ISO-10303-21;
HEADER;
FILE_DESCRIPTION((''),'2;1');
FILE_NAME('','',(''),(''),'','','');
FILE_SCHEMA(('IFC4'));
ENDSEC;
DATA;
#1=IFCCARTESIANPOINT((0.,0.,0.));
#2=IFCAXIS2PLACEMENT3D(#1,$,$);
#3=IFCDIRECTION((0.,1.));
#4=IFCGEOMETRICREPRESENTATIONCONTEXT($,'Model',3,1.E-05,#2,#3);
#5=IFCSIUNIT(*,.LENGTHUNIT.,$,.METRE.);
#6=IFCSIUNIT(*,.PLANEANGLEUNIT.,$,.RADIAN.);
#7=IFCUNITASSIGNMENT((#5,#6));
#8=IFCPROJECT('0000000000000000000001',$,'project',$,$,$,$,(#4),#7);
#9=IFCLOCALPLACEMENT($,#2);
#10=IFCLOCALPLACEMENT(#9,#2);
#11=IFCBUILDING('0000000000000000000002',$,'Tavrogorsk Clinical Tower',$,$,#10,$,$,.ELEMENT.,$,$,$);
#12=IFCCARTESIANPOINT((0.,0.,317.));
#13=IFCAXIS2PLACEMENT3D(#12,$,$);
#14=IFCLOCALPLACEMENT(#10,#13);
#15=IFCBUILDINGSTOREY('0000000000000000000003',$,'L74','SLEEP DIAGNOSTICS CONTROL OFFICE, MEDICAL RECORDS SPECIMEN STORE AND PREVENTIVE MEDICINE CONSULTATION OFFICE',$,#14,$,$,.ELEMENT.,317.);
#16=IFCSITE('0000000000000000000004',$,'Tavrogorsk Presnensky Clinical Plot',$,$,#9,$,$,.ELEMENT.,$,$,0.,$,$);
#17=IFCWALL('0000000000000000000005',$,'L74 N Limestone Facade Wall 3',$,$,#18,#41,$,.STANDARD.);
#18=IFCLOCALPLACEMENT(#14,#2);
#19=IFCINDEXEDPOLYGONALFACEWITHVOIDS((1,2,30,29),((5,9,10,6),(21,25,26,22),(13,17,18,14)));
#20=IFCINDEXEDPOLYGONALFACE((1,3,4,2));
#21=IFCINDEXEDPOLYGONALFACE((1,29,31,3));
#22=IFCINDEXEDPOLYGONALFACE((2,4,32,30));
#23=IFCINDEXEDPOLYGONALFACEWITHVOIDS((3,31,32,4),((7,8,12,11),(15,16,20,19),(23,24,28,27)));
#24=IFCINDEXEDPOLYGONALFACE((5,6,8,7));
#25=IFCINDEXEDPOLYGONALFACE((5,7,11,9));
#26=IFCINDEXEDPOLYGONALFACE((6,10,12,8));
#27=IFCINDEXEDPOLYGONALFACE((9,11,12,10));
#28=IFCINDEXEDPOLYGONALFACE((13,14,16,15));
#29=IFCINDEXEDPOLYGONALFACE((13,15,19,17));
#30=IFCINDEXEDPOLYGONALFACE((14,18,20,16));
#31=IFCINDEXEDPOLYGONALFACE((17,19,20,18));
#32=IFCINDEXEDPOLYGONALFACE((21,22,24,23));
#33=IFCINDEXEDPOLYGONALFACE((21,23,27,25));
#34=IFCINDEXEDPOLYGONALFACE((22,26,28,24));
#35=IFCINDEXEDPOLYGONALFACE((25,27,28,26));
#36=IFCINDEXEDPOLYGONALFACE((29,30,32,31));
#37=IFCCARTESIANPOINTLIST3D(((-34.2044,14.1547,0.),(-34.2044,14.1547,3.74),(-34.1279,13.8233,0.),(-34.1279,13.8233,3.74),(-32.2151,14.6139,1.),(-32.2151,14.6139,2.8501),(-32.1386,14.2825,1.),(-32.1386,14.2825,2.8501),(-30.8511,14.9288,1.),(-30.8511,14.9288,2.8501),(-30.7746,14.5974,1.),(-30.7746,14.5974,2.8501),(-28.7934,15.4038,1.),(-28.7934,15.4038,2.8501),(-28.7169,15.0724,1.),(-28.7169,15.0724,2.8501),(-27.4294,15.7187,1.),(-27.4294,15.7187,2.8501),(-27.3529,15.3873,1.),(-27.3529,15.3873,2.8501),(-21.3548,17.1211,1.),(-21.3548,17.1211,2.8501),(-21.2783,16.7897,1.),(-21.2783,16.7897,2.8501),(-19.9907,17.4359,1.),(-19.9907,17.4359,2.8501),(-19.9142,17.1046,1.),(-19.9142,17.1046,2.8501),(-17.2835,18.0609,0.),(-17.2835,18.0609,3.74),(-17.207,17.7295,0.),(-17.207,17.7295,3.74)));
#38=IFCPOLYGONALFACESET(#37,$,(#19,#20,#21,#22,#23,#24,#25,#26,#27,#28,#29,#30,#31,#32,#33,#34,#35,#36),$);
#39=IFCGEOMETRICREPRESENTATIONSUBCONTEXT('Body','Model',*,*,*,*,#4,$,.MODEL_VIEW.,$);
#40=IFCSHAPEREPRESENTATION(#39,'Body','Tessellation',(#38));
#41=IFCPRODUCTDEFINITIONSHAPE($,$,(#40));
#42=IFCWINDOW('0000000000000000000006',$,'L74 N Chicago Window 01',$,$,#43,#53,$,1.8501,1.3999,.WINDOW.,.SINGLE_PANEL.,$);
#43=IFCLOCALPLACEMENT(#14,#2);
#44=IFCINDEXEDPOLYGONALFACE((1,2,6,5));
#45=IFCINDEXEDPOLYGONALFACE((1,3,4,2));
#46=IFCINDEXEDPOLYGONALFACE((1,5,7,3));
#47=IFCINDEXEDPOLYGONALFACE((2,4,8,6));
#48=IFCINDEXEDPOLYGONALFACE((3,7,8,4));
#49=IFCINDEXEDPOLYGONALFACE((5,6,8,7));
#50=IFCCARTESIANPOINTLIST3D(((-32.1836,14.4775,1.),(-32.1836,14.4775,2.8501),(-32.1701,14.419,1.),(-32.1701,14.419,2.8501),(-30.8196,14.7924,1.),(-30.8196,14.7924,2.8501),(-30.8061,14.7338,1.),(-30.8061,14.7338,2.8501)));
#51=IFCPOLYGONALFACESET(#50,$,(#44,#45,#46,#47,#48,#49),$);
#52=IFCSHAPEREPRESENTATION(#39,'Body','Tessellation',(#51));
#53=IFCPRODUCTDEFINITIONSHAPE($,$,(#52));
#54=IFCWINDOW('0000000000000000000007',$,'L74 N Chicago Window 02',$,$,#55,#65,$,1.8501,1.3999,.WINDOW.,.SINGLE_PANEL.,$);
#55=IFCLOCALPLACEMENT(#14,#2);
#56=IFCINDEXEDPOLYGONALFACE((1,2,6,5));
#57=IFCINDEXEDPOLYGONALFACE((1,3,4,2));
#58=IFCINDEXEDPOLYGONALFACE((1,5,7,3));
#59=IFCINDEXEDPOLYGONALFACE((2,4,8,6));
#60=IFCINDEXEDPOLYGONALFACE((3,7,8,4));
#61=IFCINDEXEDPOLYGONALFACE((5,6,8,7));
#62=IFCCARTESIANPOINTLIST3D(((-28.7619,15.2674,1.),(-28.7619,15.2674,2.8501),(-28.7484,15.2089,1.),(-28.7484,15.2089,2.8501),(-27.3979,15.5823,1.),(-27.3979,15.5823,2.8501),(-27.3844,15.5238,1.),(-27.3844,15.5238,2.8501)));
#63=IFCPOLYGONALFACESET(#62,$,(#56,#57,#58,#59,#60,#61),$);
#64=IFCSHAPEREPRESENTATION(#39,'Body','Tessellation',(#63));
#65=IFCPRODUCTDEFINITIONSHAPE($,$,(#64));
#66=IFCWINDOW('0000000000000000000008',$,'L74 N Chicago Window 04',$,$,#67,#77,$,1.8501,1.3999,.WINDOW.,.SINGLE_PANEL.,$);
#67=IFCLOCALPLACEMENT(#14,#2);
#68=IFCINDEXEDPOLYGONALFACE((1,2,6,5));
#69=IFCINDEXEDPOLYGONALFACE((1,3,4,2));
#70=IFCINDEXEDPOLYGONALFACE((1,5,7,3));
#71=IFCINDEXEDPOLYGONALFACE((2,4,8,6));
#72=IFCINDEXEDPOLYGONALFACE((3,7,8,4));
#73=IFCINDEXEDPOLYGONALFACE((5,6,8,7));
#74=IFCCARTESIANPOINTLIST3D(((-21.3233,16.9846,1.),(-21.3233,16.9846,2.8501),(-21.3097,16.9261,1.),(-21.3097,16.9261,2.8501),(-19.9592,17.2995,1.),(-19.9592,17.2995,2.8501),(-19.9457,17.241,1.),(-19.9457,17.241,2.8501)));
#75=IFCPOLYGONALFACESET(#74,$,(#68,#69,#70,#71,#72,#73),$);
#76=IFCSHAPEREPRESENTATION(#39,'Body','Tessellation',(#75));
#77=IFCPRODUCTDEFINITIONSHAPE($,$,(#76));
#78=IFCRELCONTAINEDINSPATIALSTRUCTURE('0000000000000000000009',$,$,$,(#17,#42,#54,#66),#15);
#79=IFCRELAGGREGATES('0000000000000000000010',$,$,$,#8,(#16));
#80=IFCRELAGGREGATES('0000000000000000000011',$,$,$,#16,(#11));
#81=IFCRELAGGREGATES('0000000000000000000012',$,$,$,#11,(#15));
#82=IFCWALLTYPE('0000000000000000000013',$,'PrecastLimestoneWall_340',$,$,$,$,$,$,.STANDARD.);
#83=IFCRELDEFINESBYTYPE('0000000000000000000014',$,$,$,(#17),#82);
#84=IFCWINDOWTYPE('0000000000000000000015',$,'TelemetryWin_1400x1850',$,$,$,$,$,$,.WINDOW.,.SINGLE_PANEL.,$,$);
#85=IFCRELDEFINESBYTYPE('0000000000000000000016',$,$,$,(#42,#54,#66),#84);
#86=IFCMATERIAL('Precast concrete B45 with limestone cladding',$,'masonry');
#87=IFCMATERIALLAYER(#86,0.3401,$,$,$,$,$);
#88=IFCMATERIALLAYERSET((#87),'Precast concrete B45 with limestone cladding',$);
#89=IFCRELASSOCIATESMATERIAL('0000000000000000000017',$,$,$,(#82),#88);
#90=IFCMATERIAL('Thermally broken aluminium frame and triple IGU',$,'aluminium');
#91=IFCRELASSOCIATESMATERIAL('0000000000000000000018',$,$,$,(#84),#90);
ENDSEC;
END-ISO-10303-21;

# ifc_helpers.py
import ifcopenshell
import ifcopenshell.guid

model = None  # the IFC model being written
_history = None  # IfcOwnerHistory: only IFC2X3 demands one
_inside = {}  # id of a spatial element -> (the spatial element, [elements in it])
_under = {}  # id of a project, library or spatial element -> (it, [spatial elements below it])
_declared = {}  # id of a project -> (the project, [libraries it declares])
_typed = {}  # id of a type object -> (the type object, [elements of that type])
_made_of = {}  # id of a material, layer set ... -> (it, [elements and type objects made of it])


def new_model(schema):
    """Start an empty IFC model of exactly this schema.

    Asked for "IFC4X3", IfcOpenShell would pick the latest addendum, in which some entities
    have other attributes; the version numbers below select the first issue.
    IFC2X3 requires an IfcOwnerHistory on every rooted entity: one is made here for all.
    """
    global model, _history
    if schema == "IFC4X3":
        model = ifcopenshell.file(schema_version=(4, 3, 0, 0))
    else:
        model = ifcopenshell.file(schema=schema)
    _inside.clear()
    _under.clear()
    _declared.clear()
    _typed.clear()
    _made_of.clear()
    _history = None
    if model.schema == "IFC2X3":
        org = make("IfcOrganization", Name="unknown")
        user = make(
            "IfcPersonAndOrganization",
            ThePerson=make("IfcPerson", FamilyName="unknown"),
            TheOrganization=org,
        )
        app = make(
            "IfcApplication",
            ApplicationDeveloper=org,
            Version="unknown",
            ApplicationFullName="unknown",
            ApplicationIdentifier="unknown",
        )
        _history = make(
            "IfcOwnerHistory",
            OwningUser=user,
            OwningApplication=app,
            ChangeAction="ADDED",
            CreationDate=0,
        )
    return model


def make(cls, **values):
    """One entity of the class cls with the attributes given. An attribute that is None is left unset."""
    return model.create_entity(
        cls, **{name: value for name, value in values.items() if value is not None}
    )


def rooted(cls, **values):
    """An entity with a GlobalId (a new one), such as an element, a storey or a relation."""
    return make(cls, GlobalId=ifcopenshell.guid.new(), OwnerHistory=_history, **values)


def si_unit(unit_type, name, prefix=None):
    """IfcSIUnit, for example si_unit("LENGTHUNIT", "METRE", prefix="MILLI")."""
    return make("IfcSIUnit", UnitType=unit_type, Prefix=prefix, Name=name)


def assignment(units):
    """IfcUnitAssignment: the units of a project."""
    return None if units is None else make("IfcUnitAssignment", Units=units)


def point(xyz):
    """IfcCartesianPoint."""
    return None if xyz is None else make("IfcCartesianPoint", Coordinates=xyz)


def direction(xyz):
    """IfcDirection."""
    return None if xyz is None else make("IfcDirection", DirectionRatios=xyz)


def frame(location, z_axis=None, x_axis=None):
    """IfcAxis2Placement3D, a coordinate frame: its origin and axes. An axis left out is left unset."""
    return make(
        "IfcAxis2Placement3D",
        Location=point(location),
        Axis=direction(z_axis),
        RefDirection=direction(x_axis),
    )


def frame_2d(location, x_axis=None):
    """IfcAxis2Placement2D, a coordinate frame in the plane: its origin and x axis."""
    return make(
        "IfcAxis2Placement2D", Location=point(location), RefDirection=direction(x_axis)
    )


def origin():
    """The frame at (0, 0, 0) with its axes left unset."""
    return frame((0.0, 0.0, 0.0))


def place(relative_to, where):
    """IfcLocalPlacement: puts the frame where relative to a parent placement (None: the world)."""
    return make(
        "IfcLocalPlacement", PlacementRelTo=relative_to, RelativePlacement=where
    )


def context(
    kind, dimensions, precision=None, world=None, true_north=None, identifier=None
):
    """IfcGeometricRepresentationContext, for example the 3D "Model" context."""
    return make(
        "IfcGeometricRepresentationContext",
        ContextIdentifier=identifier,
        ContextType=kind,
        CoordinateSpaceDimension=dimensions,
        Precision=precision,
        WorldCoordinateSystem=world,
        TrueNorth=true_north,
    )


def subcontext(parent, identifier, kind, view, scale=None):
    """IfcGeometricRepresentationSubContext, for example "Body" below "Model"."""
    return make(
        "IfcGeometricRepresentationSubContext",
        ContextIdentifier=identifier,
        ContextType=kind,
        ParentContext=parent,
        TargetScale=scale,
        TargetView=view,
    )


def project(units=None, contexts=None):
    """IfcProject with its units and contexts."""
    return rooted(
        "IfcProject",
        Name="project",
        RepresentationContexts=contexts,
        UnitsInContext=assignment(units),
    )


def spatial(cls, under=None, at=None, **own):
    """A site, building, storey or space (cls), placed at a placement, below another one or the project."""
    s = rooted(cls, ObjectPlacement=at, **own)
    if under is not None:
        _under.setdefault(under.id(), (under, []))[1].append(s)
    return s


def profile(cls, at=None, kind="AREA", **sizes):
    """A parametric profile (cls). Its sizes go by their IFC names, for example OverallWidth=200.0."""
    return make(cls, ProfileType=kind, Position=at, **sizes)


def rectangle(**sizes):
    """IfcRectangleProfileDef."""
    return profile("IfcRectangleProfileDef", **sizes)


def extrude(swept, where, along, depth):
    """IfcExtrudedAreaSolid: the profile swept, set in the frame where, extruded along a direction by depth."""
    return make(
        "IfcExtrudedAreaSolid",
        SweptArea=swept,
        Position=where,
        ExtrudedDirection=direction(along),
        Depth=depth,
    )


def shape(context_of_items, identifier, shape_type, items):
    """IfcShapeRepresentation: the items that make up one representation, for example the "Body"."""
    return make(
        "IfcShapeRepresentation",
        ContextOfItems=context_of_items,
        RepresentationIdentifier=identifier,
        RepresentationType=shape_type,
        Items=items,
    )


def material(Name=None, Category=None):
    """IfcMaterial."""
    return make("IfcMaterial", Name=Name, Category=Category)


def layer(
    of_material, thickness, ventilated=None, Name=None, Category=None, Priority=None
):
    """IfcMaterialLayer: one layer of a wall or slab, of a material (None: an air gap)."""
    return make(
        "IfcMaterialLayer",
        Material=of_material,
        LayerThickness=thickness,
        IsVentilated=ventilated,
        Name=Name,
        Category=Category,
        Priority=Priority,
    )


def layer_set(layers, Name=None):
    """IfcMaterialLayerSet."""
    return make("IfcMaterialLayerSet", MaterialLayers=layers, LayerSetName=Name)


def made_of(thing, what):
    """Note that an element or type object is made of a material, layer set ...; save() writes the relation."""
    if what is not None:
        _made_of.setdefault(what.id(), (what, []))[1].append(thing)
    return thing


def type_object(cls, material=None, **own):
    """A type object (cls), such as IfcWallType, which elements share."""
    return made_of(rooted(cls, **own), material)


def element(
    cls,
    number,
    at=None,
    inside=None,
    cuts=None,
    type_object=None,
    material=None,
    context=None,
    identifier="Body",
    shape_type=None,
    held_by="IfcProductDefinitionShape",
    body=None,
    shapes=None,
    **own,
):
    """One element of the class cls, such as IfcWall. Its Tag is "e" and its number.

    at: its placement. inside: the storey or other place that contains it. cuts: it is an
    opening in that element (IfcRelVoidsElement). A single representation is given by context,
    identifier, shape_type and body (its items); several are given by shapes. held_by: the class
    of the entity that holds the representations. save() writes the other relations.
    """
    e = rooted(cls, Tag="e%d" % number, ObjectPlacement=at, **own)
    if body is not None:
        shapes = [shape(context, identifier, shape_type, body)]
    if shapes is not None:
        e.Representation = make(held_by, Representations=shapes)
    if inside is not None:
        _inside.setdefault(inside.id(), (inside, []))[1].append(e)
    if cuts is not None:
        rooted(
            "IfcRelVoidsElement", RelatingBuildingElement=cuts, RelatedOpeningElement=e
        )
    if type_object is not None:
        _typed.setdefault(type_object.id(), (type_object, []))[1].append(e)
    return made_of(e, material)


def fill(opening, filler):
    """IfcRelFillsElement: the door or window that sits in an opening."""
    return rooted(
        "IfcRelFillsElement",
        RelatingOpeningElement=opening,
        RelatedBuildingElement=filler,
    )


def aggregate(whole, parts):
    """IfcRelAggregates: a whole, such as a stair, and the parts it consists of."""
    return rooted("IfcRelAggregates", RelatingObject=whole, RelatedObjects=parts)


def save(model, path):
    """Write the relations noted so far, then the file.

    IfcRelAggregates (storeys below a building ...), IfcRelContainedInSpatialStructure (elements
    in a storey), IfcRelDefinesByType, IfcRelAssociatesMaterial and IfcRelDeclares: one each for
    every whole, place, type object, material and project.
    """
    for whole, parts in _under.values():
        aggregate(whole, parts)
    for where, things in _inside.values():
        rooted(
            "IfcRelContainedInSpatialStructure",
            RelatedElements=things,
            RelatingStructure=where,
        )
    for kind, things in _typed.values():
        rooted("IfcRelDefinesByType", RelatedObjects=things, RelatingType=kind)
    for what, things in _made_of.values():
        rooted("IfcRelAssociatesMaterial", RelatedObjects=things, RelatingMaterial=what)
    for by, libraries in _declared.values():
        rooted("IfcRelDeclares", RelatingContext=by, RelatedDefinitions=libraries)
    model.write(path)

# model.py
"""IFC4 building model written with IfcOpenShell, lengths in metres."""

from ifc_helpers import new_model, si_unit, direction, frame, frame_2d, origin, place, context, subcontext, project, spatial, rectangle, extrude, material, layer, layer_set, type_object, element, fill, save


model = new_model("IFC4")

# Units and contexts
model_context = context("Model", 3, precision=1e-05, world=origin(), true_north=direction((0.0, 1.0)))
body_context = subcontext(model_context, "Body", "Model", "MODEL_VIEW")
ifc_project = project(units=[si_unit("LENGTHUNIT", "METRE"), si_unit("PLANEANGLEUNIT", "RADIAN")], contexts=[model_context])

# Site, building, storey
site_placement = place(None, origin())
site = spatial("IfcSite", under=ifc_project, at=site_placement, Name="Tavrogorsk Presnensky Clinical Plot", CompositionType="ELEMENT", RefElevation=0.0)
building_placement = place(site_placement, origin())
building = spatial("IfcBuilding", under=site, at=building_placement, Name="Tavrogorsk Clinical Tower", CompositionType="ELEMENT")
storey_placement = place(building_placement, frame((0.0, 0.0, 317.0)))
storey = spatial("IfcBuildingStorey", under=building, at=storey_placement, Name="L74", Description="SLEEP DIAGNOSTICS CONTROL OFFICE, MEDICAL RECORDS SPECIMEN STORE AND PREVENTIVE MEDICINE CONSULTATION OFFICE", CompositionType="ELEMENT", Elevation=317.0)

# Wall, openings, windows
ifc_material_1 = material(Name="Precast concrete B45 with limestone cladding", Category="masonry")
ifc_layer_1 = layer(ifc_material_1, 0.3401)
ifc_layer_set_1 = layer_set([ifc_layer_1], Name="Precast concrete B45 with limestone cladding")
wall_type_1 = type_object("IfcWallType", Name="PrecastLimestoneWall_340", PredefinedType="STANDARD", material=ifc_layer_set_1)
wall_1_placement = place(storey_placement, frame((-17.2451, 17.8953, 0.0), z_axis=(0.0, 0.0, 1.0), x_axis=(-0.974373, -0.224938, 0.0)))
wall_1 = element("IfcWall", 1, at=wall_1_placement, inside=storey, type_object=wall_type_1, Name="L74 N Limestone Facade Wall 3", PredefinedType="STANDARD", context=body_context, shape_type="SweptSolid", body=[
    extrude(rectangle(XDim=17.366, YDim=0.3401, at=frame_2d((8.6831, 0.0))), origin(), (0.0, 0.0, 1.0), 3.74),
])
opening_1_placement = place(wall_1_placement, frame((13.9246, 0.0, 1.0)))
opening_1 = element("IfcOpeningElement", 2, at=opening_1_placement, cuts=wall_1, PredefinedType="OPENING", context=body_context, shape_type="SweptSolid", body=[
    extrude(rectangle(XDim=1.3999, YDim=1.8501, at=frame_2d((0.7, 0.925))), frame((0.0, 0.1799, 0.0), z_axis=(0.0, -1.0, 0.0), x_axis=(1.0, 0.0, 0.0)), (0.0, 0.0, 1.0), 0.3601),
])
opening_2_placement = place(wall_1_placement, frame((10.4128, 0.0, 1.0)))
opening_2 = element("IfcOpeningElement", 3, at=opening_2_placement, cuts=wall_1, PredefinedType="OPENING", context=body_context, shape_type="SweptSolid", body=[
    extrude(rectangle(XDim=1.3999, YDim=1.8501, at=frame_2d((0.7, 0.925))), frame((0.0, 0.1799, 0.0), z_axis=(0.0, -1.0, 0.0), x_axis=(1.0, 0.0, 0.0)), (0.0, 0.0, 1.0), 0.3601),
])
opening_3_placement = place(wall_1_placement, frame((2.7786, 0.0, 1.0)))
opening_3 = element("IfcOpeningElement", 4, at=opening_3_placement, cuts=wall_1, PredefinedType="OPENING", context=body_context, shape_type="SweptSolid", body=[
    extrude(rectangle(XDim=1.3999, YDim=1.8501, at=frame_2d((0.7, 0.925))), frame((0.0, 0.1799, 0.0), z_axis=(0.0, -1.0, 0.0), x_axis=(1.0, 0.0, 0.0)), (0.0, 0.0, 1.0), 0.3601),
])
ifc_material_2 = material(Name="Thermally broken aluminium frame and triple IGU", Category="aluminium")
window_type = type_object("IfcWindowType", Name="TelemetryWin_1400x1850", PartitioningType="SINGLE_PANEL", PredefinedType="WINDOW", material=ifc_material_2)
window_1_placement = place(opening_1_placement, origin())
window_1 = element("IfcWindow", 5, at=window_1_placement, inside=storey, type_object=window_type, Name="L74 N Chicago Window 01", OverallHeight=1.8501, OverallWidth=1.3999, PartitioningType="SINGLE_PANEL", PredefinedType="WINDOW", context=body_context, shape_type="SweptSolid", body=[
    extrude(rectangle(XDim=1.3999, YDim=1.8501, at=frame_2d((0.7, 0.925))), frame((0.0, 0.03, 0.0), z_axis=(0.0, -1.0, 0.0), x_axis=(1.0, 0.0, 0.0)), (0.0, 0.0, 1.0), 0.0601),
])
fill(opening_1, window_1)
window_2_placement = place(opening_2_placement, origin())
window_2 = element("IfcWindow", 6, at=window_2_placement, inside=storey, type_object=window_type, Name="L74 N Chicago Window 02", OverallHeight=1.8501, OverallWidth=1.3999, PartitioningType="SINGLE_PANEL", PredefinedType="WINDOW", context=body_context, shape_type="SweptSolid", body=[
    extrude(rectangle(XDim=1.3999, YDim=1.8501, at=frame_2d((0.7, 0.925))), frame((0.0, 0.03, 0.0), z_axis=(0.0, -1.0, 0.0), x_axis=(1.0, 0.0, 0.0)), (0.0, 0.0, 1.0), 0.0601),
])
fill(opening_2, window_2)
window_3_placement = place(opening_3_placement, origin())
window_3 = element("IfcWindow", 7, at=window_3_placement, inside=storey, type_object=window_type, Name="L74 N Chicago Window 04", OverallHeight=1.8501, OverallWidth=1.3999, PartitioningType="SINGLE_PANEL", PredefinedType="WINDOW", context=body_context, shape_type="SweptSolid", body=[
    extrude(rectangle(XDim=1.3999, YDim=1.8501, at=frame_2d((0.7, 0.925))), frame((0.0, 0.03, 0.0), z_axis=(0.0, -1.0, 0.0), x_axis=(1.0, 0.0, 0.0)), (0.0, 0.0, 1.0), 0.0601),
])
fill(opening_3, window_3)

save(model, "model.ifc")
